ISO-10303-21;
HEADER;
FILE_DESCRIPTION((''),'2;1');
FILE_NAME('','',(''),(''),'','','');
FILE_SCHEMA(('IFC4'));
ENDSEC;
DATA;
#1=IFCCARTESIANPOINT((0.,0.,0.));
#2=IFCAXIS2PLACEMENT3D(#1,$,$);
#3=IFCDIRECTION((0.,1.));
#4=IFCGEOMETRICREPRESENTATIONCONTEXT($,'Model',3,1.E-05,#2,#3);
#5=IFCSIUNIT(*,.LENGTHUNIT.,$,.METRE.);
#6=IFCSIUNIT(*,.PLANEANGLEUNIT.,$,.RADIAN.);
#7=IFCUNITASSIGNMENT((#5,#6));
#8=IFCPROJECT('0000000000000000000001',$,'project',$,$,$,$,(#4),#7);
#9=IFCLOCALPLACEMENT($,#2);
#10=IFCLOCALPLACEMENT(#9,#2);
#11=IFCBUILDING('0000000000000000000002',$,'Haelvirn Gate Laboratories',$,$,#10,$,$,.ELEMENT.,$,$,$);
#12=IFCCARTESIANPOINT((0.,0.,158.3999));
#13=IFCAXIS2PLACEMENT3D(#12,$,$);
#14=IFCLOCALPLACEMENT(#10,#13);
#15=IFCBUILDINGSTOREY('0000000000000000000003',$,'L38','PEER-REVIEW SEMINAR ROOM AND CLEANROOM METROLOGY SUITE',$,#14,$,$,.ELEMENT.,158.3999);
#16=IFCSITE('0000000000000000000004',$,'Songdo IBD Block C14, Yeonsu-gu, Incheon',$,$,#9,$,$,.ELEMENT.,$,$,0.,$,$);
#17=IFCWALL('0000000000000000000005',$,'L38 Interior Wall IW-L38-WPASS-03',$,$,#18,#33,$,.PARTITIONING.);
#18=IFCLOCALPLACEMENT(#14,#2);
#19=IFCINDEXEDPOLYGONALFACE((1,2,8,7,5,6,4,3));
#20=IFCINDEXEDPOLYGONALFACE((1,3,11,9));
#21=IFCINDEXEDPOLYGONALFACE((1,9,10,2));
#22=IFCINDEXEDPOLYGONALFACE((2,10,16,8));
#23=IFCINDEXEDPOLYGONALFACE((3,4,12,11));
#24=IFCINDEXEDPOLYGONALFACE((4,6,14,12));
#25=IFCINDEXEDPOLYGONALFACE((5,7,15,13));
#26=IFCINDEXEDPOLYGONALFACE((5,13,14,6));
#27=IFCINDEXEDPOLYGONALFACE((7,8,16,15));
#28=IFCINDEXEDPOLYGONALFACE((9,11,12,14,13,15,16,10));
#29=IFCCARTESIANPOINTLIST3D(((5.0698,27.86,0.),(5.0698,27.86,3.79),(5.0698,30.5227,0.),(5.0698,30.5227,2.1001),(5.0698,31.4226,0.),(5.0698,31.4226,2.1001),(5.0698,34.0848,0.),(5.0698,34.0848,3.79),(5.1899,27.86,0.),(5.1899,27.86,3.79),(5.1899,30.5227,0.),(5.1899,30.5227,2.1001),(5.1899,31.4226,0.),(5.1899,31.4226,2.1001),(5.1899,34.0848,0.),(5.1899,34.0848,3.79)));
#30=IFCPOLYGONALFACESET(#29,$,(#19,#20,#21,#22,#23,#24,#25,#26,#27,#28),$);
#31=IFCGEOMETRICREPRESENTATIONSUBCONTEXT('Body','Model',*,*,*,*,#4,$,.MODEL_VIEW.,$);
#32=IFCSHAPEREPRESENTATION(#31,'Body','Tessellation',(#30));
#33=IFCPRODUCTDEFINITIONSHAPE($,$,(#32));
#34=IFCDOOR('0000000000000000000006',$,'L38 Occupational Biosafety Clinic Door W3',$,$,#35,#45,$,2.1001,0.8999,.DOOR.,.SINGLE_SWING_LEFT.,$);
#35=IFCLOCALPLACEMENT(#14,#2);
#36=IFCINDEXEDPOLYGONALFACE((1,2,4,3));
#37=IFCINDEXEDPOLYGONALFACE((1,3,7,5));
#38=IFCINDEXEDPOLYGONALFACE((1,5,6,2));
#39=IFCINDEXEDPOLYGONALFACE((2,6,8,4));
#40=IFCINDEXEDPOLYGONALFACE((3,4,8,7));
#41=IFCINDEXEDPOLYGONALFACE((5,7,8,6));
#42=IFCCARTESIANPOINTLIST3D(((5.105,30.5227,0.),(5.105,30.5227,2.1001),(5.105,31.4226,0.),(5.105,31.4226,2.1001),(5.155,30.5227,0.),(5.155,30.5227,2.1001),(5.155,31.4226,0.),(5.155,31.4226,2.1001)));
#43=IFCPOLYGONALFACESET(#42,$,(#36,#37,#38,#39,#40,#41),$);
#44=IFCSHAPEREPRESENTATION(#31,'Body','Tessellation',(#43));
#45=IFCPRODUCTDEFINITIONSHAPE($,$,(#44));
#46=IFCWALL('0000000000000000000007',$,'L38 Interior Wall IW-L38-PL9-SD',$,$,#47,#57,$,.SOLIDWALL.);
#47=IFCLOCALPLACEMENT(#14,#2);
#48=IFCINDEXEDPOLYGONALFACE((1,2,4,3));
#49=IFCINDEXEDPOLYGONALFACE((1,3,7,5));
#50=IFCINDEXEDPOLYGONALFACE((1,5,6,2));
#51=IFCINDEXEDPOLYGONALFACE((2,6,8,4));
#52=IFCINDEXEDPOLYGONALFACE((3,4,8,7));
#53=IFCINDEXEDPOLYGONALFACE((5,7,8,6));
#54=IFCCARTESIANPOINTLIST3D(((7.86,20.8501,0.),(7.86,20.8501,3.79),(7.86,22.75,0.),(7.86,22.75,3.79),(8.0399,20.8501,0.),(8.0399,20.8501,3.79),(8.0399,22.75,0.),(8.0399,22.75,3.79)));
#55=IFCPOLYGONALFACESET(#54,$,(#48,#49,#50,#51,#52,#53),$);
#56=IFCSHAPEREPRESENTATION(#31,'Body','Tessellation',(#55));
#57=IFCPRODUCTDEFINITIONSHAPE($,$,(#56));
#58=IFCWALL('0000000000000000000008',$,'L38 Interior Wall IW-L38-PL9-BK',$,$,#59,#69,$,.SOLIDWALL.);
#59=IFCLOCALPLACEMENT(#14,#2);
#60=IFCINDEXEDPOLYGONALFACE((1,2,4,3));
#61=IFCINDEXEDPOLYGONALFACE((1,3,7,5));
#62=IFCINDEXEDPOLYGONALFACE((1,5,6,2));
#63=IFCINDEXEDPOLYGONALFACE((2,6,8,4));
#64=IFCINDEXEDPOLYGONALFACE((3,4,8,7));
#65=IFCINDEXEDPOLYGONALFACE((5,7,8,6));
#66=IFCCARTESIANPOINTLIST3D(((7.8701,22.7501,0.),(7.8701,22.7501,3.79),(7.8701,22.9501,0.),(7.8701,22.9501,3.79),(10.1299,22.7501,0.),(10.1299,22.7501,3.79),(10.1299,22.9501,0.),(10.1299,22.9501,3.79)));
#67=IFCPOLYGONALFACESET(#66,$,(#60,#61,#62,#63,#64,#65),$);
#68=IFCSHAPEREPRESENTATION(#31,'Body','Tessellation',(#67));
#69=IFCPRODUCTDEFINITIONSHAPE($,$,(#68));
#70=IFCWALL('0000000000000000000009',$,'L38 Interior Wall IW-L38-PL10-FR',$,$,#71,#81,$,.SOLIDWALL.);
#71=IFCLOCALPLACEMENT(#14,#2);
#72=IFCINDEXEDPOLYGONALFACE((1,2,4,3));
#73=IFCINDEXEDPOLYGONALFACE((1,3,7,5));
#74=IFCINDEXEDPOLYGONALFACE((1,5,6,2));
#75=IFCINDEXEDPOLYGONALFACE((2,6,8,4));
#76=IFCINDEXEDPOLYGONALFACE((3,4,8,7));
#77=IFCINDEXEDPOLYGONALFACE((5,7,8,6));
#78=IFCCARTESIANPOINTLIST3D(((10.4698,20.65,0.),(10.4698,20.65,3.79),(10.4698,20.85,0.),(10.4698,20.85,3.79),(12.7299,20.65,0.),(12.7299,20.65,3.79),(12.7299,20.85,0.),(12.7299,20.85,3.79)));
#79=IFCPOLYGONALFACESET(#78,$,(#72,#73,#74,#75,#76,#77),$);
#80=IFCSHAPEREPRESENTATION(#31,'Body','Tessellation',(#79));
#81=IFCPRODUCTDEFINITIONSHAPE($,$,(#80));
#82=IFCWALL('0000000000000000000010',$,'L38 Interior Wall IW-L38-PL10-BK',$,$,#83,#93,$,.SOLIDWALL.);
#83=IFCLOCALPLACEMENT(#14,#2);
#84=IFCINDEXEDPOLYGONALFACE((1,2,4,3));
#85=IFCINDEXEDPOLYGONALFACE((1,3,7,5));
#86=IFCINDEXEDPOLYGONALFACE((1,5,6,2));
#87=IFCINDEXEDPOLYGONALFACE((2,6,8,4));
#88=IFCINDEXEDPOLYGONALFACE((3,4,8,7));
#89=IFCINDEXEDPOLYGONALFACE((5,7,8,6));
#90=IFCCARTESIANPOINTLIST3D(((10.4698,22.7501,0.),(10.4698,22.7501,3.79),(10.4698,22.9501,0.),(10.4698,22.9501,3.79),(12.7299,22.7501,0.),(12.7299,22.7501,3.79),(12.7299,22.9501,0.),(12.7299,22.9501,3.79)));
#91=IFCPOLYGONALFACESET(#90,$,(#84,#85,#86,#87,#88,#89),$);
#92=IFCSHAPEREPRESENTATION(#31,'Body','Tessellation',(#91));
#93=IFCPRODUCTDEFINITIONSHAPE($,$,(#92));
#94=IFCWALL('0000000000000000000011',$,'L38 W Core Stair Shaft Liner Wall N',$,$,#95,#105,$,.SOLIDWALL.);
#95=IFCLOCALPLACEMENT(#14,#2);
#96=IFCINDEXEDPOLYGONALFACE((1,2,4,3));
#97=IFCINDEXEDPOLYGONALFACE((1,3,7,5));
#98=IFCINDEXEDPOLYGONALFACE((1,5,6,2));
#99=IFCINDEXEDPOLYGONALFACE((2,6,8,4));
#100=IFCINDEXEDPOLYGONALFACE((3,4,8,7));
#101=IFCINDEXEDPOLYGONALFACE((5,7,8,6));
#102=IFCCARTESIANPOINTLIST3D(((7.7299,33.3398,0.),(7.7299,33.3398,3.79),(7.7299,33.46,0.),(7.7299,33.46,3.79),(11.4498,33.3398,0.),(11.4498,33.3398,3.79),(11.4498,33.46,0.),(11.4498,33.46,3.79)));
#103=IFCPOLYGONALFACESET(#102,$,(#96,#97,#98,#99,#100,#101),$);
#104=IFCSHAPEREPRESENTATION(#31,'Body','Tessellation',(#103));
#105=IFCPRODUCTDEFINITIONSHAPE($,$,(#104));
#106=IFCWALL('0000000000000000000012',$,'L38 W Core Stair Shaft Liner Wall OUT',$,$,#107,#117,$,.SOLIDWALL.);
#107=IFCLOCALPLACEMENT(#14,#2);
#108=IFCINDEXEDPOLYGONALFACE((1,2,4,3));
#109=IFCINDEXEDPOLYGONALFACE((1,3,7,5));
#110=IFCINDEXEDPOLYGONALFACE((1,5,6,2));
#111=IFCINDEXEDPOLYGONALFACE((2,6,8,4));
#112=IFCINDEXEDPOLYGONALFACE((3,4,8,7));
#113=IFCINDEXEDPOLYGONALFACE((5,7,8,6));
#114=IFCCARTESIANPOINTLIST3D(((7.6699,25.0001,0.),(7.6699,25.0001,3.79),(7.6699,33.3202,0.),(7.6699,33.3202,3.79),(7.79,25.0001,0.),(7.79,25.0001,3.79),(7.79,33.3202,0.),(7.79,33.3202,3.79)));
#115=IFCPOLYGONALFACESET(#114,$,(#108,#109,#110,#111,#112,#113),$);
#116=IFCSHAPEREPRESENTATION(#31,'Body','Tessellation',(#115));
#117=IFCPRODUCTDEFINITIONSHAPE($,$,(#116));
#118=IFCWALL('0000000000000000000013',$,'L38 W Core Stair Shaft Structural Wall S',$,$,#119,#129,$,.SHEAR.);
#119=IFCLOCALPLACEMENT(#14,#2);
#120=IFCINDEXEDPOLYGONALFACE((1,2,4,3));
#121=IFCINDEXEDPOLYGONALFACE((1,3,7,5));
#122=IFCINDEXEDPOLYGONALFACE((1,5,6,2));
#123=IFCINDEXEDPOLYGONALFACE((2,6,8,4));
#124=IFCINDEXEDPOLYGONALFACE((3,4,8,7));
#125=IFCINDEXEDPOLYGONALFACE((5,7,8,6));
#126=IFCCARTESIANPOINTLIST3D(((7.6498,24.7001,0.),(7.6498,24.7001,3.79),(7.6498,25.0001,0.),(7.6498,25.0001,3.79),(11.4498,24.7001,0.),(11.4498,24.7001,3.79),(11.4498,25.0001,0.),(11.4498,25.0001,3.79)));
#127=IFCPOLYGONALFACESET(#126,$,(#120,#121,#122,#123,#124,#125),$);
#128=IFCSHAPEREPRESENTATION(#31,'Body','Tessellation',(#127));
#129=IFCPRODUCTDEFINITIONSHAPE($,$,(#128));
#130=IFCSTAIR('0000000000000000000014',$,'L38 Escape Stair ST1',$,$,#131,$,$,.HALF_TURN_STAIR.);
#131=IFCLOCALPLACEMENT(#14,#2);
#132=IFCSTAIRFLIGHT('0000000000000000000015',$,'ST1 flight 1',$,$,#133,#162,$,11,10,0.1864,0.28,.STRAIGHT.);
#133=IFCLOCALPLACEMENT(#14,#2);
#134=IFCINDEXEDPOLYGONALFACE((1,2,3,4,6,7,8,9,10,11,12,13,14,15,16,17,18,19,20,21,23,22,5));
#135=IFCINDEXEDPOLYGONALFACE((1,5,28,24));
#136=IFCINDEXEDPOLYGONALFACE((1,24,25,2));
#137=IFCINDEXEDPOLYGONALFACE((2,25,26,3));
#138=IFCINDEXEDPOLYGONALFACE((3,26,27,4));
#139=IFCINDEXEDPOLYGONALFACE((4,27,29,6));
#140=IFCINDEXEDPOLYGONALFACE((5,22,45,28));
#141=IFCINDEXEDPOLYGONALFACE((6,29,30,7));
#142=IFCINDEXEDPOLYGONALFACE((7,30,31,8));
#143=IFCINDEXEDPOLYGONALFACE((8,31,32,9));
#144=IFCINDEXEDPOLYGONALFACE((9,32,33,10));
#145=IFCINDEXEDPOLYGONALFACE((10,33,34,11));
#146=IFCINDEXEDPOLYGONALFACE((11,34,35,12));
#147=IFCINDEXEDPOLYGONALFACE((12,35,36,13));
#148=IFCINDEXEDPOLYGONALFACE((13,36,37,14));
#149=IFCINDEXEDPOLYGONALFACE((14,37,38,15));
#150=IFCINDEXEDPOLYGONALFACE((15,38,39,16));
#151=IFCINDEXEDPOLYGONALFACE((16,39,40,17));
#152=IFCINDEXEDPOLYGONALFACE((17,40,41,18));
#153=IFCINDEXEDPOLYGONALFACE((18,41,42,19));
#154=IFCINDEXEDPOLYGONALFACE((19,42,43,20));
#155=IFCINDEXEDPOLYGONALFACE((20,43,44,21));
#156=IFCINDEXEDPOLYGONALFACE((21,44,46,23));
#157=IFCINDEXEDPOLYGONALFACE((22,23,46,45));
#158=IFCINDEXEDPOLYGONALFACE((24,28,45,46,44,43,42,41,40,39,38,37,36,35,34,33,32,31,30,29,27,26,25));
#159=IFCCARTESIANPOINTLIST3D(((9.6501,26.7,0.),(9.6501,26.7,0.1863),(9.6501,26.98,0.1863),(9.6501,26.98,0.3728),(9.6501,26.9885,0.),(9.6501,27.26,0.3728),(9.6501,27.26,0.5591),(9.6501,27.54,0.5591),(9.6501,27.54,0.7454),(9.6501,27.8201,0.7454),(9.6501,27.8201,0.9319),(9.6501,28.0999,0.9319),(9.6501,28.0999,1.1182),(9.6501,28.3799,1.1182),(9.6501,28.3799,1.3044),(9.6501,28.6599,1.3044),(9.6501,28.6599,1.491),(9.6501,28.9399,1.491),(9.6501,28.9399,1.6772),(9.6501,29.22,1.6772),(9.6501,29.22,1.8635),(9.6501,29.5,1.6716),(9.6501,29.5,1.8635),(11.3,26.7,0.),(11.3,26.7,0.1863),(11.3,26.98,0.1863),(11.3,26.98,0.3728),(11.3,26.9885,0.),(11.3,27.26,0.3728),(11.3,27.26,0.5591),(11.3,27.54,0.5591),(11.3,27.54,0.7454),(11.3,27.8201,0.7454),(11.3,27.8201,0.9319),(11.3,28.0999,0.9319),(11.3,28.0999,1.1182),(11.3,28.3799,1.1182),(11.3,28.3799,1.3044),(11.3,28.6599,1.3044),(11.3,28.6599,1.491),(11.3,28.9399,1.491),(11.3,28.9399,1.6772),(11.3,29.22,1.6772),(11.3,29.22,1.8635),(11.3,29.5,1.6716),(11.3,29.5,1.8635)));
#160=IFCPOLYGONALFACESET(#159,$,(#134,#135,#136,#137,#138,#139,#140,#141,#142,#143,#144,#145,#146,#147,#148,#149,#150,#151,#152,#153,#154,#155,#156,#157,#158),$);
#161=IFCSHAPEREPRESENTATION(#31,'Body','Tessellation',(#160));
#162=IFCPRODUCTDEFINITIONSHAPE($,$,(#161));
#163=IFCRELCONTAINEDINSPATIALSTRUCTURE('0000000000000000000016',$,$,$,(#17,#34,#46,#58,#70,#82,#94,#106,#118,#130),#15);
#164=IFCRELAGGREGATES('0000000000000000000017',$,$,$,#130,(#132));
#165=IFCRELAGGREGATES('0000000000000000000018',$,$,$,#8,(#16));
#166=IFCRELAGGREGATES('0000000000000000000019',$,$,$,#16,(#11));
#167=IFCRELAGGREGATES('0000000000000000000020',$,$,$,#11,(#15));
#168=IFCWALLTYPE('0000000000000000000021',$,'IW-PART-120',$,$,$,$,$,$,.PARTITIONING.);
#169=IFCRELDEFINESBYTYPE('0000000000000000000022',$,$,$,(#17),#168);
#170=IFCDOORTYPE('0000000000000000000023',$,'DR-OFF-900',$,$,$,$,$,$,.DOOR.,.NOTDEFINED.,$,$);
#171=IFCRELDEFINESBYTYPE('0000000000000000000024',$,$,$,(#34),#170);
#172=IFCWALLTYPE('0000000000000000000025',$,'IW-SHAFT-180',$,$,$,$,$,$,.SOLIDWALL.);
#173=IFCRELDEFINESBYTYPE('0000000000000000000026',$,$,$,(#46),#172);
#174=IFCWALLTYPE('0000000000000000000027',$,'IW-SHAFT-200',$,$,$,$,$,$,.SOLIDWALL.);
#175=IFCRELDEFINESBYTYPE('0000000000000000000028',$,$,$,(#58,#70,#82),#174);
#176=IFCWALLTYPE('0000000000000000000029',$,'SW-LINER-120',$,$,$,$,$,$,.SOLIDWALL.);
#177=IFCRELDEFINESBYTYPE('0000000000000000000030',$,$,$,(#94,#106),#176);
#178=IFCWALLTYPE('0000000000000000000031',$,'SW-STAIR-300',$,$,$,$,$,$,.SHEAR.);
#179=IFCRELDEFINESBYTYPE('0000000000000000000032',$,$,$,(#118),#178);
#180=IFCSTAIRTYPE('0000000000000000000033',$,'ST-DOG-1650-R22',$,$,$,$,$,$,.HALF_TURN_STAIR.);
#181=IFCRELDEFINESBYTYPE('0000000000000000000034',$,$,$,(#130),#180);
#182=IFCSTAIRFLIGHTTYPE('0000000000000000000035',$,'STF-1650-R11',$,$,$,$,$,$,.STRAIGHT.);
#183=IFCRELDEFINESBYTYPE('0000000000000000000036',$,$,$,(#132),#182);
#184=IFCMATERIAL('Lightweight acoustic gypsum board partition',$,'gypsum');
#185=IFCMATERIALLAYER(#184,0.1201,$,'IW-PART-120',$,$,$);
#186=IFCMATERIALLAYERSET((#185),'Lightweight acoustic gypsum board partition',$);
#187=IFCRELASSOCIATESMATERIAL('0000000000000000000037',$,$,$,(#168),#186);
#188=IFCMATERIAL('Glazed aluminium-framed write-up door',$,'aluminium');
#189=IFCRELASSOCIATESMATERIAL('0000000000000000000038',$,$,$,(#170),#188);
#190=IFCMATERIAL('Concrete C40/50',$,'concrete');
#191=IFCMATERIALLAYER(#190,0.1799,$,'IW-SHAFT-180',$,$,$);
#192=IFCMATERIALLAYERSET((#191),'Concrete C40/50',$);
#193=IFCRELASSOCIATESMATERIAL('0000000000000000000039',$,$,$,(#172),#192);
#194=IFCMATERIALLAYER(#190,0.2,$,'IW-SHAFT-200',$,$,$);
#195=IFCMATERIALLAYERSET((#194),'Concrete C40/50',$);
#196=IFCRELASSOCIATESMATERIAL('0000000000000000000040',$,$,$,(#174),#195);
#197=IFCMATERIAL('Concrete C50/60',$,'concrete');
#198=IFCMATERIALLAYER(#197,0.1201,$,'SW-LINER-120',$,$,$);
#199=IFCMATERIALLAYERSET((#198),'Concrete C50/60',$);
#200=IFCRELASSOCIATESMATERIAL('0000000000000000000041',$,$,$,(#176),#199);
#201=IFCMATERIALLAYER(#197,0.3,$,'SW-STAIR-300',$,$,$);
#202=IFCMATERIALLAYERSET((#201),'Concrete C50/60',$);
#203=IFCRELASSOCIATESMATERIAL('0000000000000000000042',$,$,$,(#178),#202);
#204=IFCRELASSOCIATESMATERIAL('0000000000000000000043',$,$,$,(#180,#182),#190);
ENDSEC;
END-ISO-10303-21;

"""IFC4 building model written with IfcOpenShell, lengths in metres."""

from ifc_helpers import new_model, si_unit, direction, frame, frame_2d, origin, place, context, subcontext, project, spatial, polyline, rectangle, outline, extrude, source, transform, mapped, material, layer, layer_set, type_object, type_shapes, element, fill, aggregate, save


model = new_model("IFC4")

# Units and contexts
model_context = context("Model", 3, precision=1e-05, world=origin(), true_north=direction((0.0, 1.0)))
body_context = subcontext(model_context, "Body", "Model", "MODEL_VIEW")
ifc_project = project(units=[si_unit("LENGTHUNIT", "METRE"), si_unit("PLANEANGLEUNIT", "RADIAN")], contexts=[model_context])

# Site, building, storey
site_placement = place(None, origin())
site = spatial("IfcSite", under=ifc_project, at=site_placement, Name="Songdo IBD Block C14, Yeonsu-gu, Incheon", CompositionType="ELEMENT", RefElevation=0.0)
building_placement = place(site_placement, origin())
building = spatial("IfcBuilding", under=site, at=building_placement, Name="Haelvirn Gate Laboratories", CompositionType="ELEMENT")
storey_placement = place(building_placement, frame((0.0, 0.0, 158.3999)))
storey = spatial("IfcBuildingStorey", under=building, at=storey_placement, Name="L38", Description="PEER-REVIEW SEMINAR ROOM AND CLEANROOM METROLOGY SUITE", CompositionType="ELEMENT", Elevation=158.3999)

# Shared definitions
ifc_material_1 = material(Name="Lightweight acoustic gypsum board partition", Category="gypsum")
ifc_layer_1 = layer(ifc_material_1, 0.1201, Name="IW-PART-120")
ifc_layer_set_1 = layer_set([ifc_layer_1], Name="Lightweight acoustic gypsum board partition")
wall_type_1 = type_object("IfcWallType", Name="IW-PART-120", PredefinedType="PARTITIONING", material=ifc_layer_set_1)

# Shared definitions
ifc_material_2 = material(Name="Glazed aluminium-framed write-up door", Category="aluminium")
door_type_1 = type_object("IfcDoorType", Name="DR-OFF-900", OperationType="NOTDEFINED", PredefinedType="DOOR", material=ifc_material_2)
shared_shape_1 = source(origin(), body_context, "Body", "SweptSolid", [
    extrude(rectangle(XDim=0.8999, YDim=2.1001, at=frame_2d((0.45, 1.05))), frame((0.0, 0.0249, 0.0), z_axis=(0.0, -1.0, 0.0), x_axis=(1.0, 0.0, 0.0)), (0.0, 0.0, 1.0), 0.05),
])
type_shapes(door_type_1, [shared_shape_1])

# Wall, opening, door
wall_1_placement = place(storey_placement, frame((5.1299, 27.8601, 0.0), z_axis=(0.0, 0.0, 1.0), x_axis=(0.0, 1.0, 0.0)))
wall_1 = element("IfcWall", 1, at=wall_1_placement, inside=storey, type_object=wall_type_1, Name="L38 Interior Wall IW-L38-WPASS-03", PredefinedType="PARTITIONING", context=body_context, shape_type="SweptSolid", body=[
    extrude(rectangle(XDim=6.2249, YDim=0.1201, at=frame_2d((3.1123, 0.0))), origin(), (0.0, 0.0, 1.0), 3.79),
])
opening_1_placement = place(wall_1_placement, frame((2.6626, 0.0, 0.0)))
opening_1 = element("IfcOpeningElement", 2, at=opening_1_placement, cuts=wall_1, PredefinedType="OPENING", context=body_context, shape_type="SweptSolid", body=[
    extrude(rectangle(XDim=0.8999, YDim=2.1001, at=frame_2d((0.45, 1.05))), frame((0.0, 0.0701, 0.0), z_axis=(0.0, -1.0, 0.0), x_axis=(1.0, 0.0, 0.0)), (0.0, 0.0, 1.0), 0.1401),
])
door_1_placement = place(opening_1_placement, origin())
door_1 = element("IfcDoor", 3, at=door_1_placement, inside=storey, type_object=door_type_1, Name="L38 Occupational Biosafety Clinic Door W3", OperationType="SINGLE_SWING_LEFT", OverallHeight=2.1001, OverallWidth=0.8999, PredefinedType="DOOR", context=body_context, shape_type="MappedRepresentation", body=[
    mapped(shared_shape_1, transform((0.0, 0.0, 0.0), scale=1.0)),
])
fill(opening_1, door_1)

# Walls
ifc_material_3 = material(Name="Concrete C40/50", Category="concrete")
ifc_layer_2 = layer(ifc_material_3, 0.1799, Name="IW-SHAFT-180")
ifc_layer_set_2 = layer_set([ifc_layer_2], Name="Concrete C40/50")
wall_type_2 = type_object("IfcWallType", Name="IW-SHAFT-180", PredefinedType="SOLIDWALL", material=ifc_layer_set_2)
wall_2_placement = place(storey_placement, frame((7.95, 20.8501, 0.0), z_axis=(0.0, 0.0, 1.0), x_axis=(0.0, 1.0, 0.0)))
element("IfcWall", 4, at=wall_2_placement, inside=storey, type_object=wall_type_2, Name="L38 Interior Wall IW-L38-PL9-SD", PredefinedType="SOLIDWALL", context=body_context, shape_type="SweptSolid", body=[
    extrude(rectangle(XDim=1.8999, YDim=0.1799, at=frame_2d((0.95, 0.0))), origin(), (0.0, 0.0, 1.0), 3.79),
])
ifc_layer_3 = layer(ifc_material_3, 0.2, Name="IW-SHAFT-200")
ifc_layer_set_3 = layer_set([ifc_layer_3], Name="Concrete C40/50")
wall_type_3 = type_object("IfcWallType", Name="IW-SHAFT-200", PredefinedType="SOLIDWALL", material=ifc_layer_set_3)
wall_3_placement = place(storey_placement, frame((7.8701, 22.8501, 0.0), z_axis=(0.0, 0.0, 1.0), x_axis=(1.0, 0.0, 0.0)))
element("IfcWall", 5, at=wall_3_placement, inside=storey, type_object=wall_type_3, Name="L38 Interior Wall IW-L38-PL9-BK", PredefinedType="SOLIDWALL", context=body_context, shape_type="SweptSolid", body=[
    extrude(rectangle(XDim=2.2598, YDim=0.2, at=frame_2d((1.1299, 0.0))), origin(), (0.0, 0.0, 1.0), 3.79),
])
for number, where, z_axis, x_axis, name in (
    (6, (10.47, 20.75, 0.0), (0.0, 0.0, 1.0), (1.0, 0.0, 0.0), "L38 Interior Wall IW-L38-PL10-FR"),
    (7, (10.47, 22.8501, 0.0), (0.0, 0.0, 1.0), (1.0, 0.0, 0.0), "L38 Interior Wall IW-L38-PL10-BK"),
):
    element("IfcWall", number, at=place(storey_placement, frame(where, z_axis=z_axis, x_axis=x_axis)), inside=storey, type_object=wall_type_3, Name=name, PredefinedType="SOLIDWALL", context=body_context, shape_type="SweptSolid", body=[
        extrude(rectangle(XDim=2.26, YDim=0.2, at=frame_2d((1.1299, 0.0))), origin(), (0.0, 0.0, 1.0), 3.79),
    ])

# Walls
ifc_material_4 = material(Name="Concrete C50/60", Category="concrete")
ifc_layer_4 = layer(ifc_material_4, 0.1201, Name="SW-LINER-120")
ifc_layer_set_4 = layer_set([ifc_layer_4], Name="Concrete C50/60")
wall_type_4 = type_object("IfcWallType", Name="SW-LINER-120", PredefinedType="SOLIDWALL", material=ifc_layer_set_4)
wall_4_placement = place(storey_placement, frame((7.73, 33.3999, 0.0), z_axis=(0.0, 0.0, 1.0), x_axis=(1.0, 0.0, 0.0)))
element("IfcWall", 8, at=wall_4_placement, inside=storey, type_object=wall_type_4, Name="L38 W Core Stair Shaft Liner Wall N", PredefinedType="SOLIDWALL", context=body_context, shape_type="SweptSolid", body=[
    extrude(rectangle(XDim=3.72, YDim=0.1201, at=frame_2d((1.8599, 0.0))), origin(), (0.0, 0.0, 1.0), 3.79),
])
wall_5_placement = place(storey_placement, frame((7.73, 25.0, 0.0), z_axis=(0.0, 0.0, 1.0), x_axis=(0.0, 1.0, 0.0)))
element("IfcWall", 9, at=wall_5_placement, inside=storey, type_object=wall_type_4, Name="L38 W Core Stair Shaft Liner Wall OUT", PredefinedType="SOLIDWALL", context=body_context, shape_type="SweptSolid", body=[
    extrude(rectangle(XDim=8.3201, YDim=0.1201, at=frame_2d((4.1602, 0.0))), origin(), (0.0, 0.0, 1.0), 3.79),
])
ifc_layer_5 = layer(ifc_material_4, 0.3, Name="SW-STAIR-300")
ifc_layer_set_5 = layer_set([ifc_layer_5], Name="Concrete C50/60")
wall_type_5 = type_object("IfcWallType", Name="SW-STAIR-300", PredefinedType="SHEAR", material=ifc_layer_set_5)
wall_6_placement = place(storey_placement, frame((7.6499, 24.8501, 0.0), z_axis=(0.0, 0.0, 1.0), x_axis=(1.0, 0.0, 0.0)))
element("IfcWall", 10, at=wall_6_placement, inside=storey, type_object=wall_type_5, Name="L38 W Core Stair Shaft Structural Wall S", PredefinedType="SHEAR", context=body_context, shape_type="SweptSolid", body=[
    extrude(rectangle(XDim=3.8, YDim=0.3, at=frame_2d((1.8999, 0.0))), origin(), (0.0, 0.0, 1.0), 3.79),
])

# Stair, stair flight
stair_type = type_object("IfcStairType", Name="ST-DOG-1650-R22", PredefinedType="HALF_TURN_STAIR", material=ifc_material_3)
stair_placement = place(storey_placement, origin())
stair = element("IfcStair", 11, at=stair_placement, inside=storey, type_object=stair_type, Name="L38 Escape Stair ST1", PredefinedType="HALF_TURN_STAIR")
stair_flight_type = type_object("IfcStairFlightType", Name="STF-1650-R11", PredefinedType="STRAIGHT", material=ifc_material_3)
shared_shape_2 = source(origin(), body_context, "Body", "SweptSolid", [
    extrude(outline(polyline([(0.0, 0.0), (0.0, 0.1863), (0.28, 0.1863), (0.28, 0.3728), (0.5601, 0.3728), (0.5601, 0.5591), (0.8401, 0.5591), (0.8401, 0.7454), (1.1201, 0.7454), (1.1201, 0.9319), (1.3999, 0.9319), (1.3999, 1.1182), (1.6799, 1.1182), (1.6799, 1.3044), (1.96, 1.3044), (1.96, 1.491), (2.24, 1.491), (2.24, 1.6772), (2.52, 1.6772), (2.52, 1.8635), (2.8, 1.8635), (2.8, 2.05), (2.8, 1.6716), (0.2886, 0.0), (0.0, 0.0)])), frame((0.0, 0.825, 0.0), z_axis=(0.0, -1.0, 0.0), x_axis=(1.0, 0.0, 0.0)), (0.0, 0.0, 1.0), 1.6499),
])
type_shapes(stair_flight_type, [shared_shape_2])
stair_flight_1_placement = place(storey_placement, frame((10.4751, 26.7, 0.0), z_axis=(0.0, 0.0, 1.0), x_axis=(0.0, 1.0, 0.0)))
stair_flight_1 = element("IfcStairFlight", 12, at=stair_flight_1_placement, type_object=stair_flight_type, Name="ST1 flight 1", NumberOfRisers=11, NumberOfTreads=10, PredefinedType="STRAIGHT", RiserHeight=0.1864, TreadLength=0.28, context=body_context, shape_type="MappedRepresentation", body=[
    mapped(shared_shape_2, transform((0.0, 0.0, 0.0), scale=1.0)),
])
aggregate(stair, [stair_flight_1])

save(model, "model.ifc")
